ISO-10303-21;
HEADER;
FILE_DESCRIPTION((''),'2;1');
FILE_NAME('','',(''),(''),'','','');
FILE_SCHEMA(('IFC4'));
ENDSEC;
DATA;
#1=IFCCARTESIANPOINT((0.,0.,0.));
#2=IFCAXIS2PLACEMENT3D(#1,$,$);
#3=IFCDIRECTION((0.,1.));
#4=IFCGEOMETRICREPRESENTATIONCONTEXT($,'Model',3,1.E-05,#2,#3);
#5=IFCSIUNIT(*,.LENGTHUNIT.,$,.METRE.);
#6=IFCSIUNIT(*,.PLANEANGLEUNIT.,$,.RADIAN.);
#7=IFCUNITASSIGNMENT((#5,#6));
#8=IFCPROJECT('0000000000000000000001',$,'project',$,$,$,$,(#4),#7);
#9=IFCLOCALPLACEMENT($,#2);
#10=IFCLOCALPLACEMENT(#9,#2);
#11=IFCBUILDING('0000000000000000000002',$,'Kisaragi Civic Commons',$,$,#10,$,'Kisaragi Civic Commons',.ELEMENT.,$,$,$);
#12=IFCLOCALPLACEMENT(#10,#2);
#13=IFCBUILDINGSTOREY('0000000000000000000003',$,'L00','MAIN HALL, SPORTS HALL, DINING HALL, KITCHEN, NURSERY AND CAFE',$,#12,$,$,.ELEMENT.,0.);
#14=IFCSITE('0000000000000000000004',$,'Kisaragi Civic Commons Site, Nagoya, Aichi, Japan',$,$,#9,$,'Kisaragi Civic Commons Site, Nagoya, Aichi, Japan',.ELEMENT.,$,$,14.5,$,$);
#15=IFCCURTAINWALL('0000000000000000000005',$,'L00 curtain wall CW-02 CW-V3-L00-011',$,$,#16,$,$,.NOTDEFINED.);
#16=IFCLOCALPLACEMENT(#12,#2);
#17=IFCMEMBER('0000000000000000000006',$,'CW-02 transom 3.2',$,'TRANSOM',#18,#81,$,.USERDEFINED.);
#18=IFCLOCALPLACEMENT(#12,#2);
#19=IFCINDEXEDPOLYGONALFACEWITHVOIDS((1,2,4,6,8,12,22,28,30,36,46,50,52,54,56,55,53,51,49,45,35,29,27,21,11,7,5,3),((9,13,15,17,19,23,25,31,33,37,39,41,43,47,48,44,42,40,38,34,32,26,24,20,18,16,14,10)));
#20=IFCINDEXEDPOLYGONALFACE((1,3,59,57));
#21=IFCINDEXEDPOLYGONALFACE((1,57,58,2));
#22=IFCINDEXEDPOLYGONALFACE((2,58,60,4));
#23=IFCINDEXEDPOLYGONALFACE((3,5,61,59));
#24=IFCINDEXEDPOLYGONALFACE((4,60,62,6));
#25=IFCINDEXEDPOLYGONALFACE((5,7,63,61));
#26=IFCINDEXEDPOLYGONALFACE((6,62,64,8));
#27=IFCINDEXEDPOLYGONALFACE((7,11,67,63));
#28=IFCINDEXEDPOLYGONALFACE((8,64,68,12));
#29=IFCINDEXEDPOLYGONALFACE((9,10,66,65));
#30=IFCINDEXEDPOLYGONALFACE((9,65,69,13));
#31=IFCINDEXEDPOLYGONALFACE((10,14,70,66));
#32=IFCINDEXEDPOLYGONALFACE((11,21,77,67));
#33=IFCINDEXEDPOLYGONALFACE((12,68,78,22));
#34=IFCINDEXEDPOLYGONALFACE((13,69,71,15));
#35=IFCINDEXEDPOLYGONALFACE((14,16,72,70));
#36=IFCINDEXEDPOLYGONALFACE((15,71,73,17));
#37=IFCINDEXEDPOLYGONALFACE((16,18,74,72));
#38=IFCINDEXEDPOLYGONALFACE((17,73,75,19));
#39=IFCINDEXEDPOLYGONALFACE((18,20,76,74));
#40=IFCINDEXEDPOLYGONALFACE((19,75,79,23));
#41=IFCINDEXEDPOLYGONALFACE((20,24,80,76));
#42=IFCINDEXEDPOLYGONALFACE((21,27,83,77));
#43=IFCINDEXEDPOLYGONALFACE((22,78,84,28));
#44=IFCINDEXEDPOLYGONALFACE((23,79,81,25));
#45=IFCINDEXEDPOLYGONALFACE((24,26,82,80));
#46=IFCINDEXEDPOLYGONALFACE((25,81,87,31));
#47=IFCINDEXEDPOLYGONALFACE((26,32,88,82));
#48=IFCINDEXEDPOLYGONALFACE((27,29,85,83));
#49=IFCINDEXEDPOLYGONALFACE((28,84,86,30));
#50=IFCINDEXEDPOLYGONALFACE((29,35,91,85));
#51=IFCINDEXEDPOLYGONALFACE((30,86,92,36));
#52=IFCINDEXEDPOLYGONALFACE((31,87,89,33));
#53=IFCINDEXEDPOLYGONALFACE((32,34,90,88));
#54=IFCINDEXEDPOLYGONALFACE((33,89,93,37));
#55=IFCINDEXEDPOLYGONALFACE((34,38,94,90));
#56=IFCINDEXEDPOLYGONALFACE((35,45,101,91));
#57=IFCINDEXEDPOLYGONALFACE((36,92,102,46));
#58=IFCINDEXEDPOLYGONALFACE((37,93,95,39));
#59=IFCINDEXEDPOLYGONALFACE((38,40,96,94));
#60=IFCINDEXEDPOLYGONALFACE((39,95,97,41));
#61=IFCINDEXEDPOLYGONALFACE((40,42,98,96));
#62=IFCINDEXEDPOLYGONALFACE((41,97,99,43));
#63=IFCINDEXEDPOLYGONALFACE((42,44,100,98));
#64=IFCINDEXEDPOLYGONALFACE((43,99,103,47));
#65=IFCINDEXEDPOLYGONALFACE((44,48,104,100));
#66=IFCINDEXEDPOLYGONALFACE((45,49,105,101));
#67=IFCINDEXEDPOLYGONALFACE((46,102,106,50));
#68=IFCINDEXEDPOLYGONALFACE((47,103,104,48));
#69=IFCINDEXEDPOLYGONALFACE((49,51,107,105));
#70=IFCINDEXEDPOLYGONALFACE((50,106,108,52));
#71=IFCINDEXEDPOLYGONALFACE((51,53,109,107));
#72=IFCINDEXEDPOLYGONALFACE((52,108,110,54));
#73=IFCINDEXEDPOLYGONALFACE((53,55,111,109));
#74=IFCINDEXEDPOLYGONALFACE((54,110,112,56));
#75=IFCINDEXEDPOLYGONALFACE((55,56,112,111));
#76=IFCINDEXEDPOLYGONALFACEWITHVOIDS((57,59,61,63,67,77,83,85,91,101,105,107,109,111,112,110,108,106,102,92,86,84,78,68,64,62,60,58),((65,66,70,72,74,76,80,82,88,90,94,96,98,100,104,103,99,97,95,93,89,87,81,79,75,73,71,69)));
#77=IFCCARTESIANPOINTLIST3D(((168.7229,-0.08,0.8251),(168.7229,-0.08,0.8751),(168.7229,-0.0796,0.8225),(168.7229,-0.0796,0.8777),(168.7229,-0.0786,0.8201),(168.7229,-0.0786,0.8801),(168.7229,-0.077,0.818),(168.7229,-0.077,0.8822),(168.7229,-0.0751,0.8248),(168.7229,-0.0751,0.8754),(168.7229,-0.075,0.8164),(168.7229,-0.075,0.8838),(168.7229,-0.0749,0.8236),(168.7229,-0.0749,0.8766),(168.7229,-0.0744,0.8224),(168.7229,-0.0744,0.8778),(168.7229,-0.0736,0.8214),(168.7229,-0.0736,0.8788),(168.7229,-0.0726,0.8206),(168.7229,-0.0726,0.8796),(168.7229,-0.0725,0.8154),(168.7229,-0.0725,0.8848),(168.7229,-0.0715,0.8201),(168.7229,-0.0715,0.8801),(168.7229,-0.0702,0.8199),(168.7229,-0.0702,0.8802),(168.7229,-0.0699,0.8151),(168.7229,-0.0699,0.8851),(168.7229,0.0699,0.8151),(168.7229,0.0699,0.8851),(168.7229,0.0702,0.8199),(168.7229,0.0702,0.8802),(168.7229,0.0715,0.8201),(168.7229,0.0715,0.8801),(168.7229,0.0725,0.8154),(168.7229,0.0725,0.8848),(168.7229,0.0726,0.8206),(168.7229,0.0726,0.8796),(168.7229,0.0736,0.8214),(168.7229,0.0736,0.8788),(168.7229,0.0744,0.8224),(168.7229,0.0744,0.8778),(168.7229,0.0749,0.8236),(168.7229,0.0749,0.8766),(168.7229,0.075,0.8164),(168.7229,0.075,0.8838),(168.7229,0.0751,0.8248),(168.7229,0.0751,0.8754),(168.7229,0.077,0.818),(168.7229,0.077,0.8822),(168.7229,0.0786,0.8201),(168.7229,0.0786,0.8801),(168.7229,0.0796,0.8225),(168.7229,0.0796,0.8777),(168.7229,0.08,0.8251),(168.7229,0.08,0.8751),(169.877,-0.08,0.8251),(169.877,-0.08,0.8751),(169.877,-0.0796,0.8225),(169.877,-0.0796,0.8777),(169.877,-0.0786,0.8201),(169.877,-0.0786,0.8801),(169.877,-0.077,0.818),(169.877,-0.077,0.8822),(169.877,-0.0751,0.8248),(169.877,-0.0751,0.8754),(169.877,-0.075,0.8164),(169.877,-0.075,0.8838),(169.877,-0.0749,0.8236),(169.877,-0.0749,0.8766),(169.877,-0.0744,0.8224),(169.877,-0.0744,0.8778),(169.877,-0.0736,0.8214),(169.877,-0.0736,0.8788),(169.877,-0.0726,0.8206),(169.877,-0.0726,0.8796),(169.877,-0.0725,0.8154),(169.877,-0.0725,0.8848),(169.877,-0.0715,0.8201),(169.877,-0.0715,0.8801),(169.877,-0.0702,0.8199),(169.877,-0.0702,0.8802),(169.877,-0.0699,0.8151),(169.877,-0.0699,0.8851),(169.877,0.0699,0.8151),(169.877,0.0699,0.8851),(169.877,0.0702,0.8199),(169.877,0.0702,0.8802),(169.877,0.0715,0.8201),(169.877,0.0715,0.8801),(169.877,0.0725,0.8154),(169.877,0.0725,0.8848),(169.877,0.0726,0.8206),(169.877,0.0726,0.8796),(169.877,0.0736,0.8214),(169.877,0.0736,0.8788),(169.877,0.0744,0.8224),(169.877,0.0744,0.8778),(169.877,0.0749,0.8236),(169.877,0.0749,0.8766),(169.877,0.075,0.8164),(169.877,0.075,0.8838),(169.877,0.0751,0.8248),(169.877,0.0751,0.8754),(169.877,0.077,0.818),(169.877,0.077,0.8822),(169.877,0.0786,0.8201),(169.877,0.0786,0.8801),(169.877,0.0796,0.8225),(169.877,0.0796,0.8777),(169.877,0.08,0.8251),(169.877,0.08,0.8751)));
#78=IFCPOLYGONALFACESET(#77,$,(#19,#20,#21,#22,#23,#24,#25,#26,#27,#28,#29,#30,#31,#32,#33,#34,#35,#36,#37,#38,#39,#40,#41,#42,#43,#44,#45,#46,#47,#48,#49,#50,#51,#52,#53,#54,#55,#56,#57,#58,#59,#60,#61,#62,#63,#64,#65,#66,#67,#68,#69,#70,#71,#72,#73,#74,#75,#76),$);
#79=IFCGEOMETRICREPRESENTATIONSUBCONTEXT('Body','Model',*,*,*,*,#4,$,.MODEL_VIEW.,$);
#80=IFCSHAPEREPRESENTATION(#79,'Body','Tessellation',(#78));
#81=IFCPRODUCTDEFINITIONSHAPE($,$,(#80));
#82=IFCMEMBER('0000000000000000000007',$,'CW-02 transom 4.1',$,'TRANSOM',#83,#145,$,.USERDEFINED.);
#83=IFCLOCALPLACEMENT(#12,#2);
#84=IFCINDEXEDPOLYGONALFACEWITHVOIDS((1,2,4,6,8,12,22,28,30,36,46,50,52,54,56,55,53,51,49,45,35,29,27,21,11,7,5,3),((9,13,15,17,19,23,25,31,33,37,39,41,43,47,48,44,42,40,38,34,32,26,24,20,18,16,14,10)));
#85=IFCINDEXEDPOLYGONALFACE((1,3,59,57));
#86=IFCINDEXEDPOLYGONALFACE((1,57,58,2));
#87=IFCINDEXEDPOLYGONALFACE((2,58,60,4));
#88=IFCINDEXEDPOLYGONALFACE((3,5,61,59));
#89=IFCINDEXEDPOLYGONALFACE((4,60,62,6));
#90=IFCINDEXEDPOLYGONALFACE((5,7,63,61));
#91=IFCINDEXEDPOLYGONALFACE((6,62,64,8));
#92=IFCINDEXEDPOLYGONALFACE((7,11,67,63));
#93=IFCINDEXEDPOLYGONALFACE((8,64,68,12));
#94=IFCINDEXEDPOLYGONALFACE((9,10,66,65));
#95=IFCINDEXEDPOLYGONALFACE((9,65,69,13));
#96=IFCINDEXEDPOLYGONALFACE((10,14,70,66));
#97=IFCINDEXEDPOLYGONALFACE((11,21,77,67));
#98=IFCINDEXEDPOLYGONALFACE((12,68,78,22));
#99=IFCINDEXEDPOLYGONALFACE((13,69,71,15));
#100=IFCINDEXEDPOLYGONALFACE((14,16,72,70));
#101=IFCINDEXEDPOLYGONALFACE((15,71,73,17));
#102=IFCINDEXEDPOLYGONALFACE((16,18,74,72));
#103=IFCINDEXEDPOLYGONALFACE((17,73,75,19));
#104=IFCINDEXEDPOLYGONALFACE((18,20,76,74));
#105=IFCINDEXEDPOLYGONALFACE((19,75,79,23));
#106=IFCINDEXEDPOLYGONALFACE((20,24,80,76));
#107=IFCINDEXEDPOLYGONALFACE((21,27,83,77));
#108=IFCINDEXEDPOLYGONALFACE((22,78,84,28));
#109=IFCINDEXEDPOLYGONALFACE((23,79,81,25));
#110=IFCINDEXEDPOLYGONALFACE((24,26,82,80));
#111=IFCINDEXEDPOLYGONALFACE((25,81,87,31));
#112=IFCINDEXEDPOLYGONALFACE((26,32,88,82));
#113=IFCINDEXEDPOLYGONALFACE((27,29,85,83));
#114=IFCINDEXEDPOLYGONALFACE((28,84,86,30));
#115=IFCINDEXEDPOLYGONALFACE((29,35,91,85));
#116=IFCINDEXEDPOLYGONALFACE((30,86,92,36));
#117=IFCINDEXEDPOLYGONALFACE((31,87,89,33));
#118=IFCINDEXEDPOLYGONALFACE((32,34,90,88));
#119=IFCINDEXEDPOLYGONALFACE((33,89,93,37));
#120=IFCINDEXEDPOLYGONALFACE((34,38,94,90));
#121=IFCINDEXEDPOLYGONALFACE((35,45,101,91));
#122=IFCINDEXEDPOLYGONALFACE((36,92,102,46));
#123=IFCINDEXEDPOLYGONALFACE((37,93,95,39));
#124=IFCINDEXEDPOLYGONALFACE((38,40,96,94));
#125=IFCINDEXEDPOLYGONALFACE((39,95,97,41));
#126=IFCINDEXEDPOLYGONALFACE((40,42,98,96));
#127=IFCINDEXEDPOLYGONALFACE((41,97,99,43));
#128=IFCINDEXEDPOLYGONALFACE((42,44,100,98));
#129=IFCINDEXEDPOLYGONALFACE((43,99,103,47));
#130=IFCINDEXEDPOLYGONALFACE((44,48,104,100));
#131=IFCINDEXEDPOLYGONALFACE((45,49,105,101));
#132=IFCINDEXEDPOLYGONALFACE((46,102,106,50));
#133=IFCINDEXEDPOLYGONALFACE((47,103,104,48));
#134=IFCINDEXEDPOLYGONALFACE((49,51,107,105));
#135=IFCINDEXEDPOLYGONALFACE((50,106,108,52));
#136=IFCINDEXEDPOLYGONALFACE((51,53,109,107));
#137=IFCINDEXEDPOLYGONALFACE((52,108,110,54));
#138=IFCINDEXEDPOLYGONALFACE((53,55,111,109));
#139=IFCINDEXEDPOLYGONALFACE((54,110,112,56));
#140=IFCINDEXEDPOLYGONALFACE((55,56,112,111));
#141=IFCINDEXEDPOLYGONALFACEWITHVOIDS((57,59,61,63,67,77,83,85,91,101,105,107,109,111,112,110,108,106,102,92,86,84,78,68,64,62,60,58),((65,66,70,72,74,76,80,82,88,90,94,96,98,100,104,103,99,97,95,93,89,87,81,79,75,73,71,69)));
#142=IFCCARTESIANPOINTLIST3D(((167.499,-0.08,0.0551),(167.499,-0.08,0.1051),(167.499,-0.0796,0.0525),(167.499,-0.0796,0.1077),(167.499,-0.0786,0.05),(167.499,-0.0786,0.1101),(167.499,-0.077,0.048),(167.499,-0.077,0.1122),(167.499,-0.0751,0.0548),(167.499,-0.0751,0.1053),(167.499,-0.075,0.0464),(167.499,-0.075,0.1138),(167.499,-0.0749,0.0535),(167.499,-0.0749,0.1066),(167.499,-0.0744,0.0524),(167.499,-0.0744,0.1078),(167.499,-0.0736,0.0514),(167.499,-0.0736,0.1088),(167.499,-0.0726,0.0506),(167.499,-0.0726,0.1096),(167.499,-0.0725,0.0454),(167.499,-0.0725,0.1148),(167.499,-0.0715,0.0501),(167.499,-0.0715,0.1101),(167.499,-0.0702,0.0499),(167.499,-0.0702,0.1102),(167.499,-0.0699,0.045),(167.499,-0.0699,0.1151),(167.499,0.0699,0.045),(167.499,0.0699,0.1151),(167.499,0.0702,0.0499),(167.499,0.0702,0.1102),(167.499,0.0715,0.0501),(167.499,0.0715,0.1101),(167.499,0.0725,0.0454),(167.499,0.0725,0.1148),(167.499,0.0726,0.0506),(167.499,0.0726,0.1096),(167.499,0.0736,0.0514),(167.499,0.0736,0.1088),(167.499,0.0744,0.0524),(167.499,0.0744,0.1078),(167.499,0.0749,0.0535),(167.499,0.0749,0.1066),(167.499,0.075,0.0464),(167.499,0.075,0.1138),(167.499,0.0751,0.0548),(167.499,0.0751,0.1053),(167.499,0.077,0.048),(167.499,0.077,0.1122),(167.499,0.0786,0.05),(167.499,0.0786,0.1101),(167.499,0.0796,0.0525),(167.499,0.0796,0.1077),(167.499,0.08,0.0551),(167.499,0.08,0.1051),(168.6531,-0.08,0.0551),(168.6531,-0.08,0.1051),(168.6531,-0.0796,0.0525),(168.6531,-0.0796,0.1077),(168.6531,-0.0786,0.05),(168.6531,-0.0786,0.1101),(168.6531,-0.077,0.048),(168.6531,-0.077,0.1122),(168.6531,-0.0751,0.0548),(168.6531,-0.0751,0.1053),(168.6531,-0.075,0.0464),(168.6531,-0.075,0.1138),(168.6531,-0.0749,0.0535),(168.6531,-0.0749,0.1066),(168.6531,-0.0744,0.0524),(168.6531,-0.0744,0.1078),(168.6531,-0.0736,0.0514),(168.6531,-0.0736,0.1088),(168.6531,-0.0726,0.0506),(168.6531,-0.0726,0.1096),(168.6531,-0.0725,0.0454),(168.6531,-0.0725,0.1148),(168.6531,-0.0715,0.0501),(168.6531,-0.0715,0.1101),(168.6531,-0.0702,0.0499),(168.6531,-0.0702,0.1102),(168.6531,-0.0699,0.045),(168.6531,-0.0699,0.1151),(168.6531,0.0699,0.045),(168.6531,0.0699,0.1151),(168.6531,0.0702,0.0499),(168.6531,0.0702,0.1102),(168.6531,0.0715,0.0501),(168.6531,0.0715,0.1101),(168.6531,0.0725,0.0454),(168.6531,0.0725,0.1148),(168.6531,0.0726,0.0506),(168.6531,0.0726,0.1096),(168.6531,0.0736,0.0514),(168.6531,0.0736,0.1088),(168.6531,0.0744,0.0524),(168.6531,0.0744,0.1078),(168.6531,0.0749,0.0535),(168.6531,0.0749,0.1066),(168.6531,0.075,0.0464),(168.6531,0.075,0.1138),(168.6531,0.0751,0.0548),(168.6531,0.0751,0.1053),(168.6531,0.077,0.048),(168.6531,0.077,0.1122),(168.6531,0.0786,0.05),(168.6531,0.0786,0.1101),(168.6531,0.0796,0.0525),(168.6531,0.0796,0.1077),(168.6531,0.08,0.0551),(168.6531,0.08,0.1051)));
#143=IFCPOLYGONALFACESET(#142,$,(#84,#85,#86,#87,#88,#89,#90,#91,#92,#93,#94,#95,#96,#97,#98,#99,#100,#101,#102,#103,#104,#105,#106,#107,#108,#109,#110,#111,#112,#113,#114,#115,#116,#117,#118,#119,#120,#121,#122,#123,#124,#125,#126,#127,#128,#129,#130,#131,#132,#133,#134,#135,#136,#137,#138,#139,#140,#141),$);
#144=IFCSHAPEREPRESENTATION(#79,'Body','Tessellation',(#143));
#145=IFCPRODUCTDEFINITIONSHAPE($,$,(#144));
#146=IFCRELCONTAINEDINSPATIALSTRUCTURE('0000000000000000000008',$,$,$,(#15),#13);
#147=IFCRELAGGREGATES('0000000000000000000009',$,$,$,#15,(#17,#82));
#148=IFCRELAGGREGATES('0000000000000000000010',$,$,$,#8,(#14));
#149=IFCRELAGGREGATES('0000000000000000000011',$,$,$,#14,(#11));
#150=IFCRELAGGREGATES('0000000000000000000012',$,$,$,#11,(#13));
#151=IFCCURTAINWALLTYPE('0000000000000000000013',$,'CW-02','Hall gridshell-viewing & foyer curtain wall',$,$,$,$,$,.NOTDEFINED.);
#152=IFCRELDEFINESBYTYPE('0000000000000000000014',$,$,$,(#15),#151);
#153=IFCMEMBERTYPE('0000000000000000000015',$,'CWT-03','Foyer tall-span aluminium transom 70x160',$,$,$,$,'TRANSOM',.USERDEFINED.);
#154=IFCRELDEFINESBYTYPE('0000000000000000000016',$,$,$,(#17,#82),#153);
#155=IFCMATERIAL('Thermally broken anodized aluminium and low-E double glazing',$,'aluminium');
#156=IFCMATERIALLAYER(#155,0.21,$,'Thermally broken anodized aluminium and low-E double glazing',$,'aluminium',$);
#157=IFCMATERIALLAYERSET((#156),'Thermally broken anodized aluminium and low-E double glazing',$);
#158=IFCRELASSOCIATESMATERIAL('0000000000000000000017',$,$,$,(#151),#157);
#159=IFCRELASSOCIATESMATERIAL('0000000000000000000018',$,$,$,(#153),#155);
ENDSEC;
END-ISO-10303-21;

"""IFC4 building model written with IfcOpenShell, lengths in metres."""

from ifc_helpers import new_model, si_unit, direction, frame, origin, origin_2d, place, context, subcontext, project, spatial, hollow_rectangle, extrude, material, layer, layer_set, material_profile, profile_set, type_object, element, aggregate, save


model = new_model("IFC4")

# Units and contexts
model_context = context("Model", 3, precision=1e-05, world=origin(), true_north=direction((0.0, 1.0)))
body_context = subcontext(model_context, "Body", "Model", "MODEL_VIEW")
ifc_project = project(units=[si_unit("LENGTHUNIT", "METRE"), si_unit("PLANEANGLEUNIT", "RADIAN")], contexts=[model_context])

# Site, building, storey
site_placement = place(None, origin())
site = spatial("IfcSite", under=ifc_project, at=site_placement, Name="Kisaragi Civic Commons Site, Nagoya, Aichi, Japan", LongName="Kisaragi Civic Commons Site, Nagoya, Aichi, Japan", CompositionType="ELEMENT", RefElevation=14.5)
building_placement = place(site_placement, origin())
building = spatial("IfcBuilding", under=site, at=building_placement, Name="Kisaragi Civic Commons", LongName="Kisaragi Civic Commons", CompositionType="ELEMENT")
storey_placement = place(building_placement, origin())
storey = spatial("IfcBuildingStorey", under=building, at=storey_placement, Name="L00", Description="MAIN HALL, SPORTS HALL, DINING HALL, KITCHEN, NURSERY AND CAFE", CompositionType="ELEMENT", Elevation=0.0)

# Curtain wall
ifc_material = material(Name="Thermally broken anodized aluminium and low-E double glazing", Category="aluminium")
ifc_layer_1 = layer(ifc_material, 0.21, Name="Thermally broken anodized aluminium and low-E double glazing", Category="aluminium")
ifc_layer_set_1 = layer_set([ifc_layer_1], Name="Thermally broken anodized aluminium and low-E double glazing")
curtain_wall_type = type_object("IfcCurtainWallType", Name="CW-02", Description="Hall gridshell-viewing & foyer curtain wall", PredefinedType="NOTDEFINED", material=ifc_layer_set_1)
curtain_wall_1_placement = place(storey_placement, origin())
curtain_wall_1 = element("IfcCurtainWall", 1, at=curtain_wall_1_placement, inside=storey, type_object=curtain_wall_type, Name="L00 curtain wall CW-02 CW-V3-L00-011", PredefinedType="NOTDEFINED")

# Members
ifc_material_profile_1 = material_profile(ifc_material, hollow_rectangle(XDim=0.1599, YDim=0.0701, WallThickness=0.0049, InnerFilletRadius=0.0049, OuterFilletRadius=0.01, at=origin_2d()), Name="CWT-70x160x5", Category="aluminium")
ifc_profile_set_1 = profile_set([ifc_material_profile_1], Name="Thermally broken anodized aluminium and low-E double glazing")
member_type_1 = type_object("IfcMemberType", Name="CWT-03", Description="Foyer tall-span aluminium transom 70x160", ElementType="TRANSOM", PredefinedType="USERDEFINED", material=ifc_profile_set_1)
member_1_placement = place(storey_placement, frame((169.877, 0.0, 0.8501), z_axis=(-1.0, 0.0, 0.0), x_axis=(0.0, -1.0, 0.0)))
member_1 = element("IfcMember", 2, at=member_1_placement, type_object=member_type_1, Name="CW-02 transom 3.2", ObjectType="TRANSOM", PredefinedType="USERDEFINED", context=body_context, shape_type="SweptSolid", body=[
    extrude(hollow_rectangle(XDim=0.1599, YDim=0.0701, WallThickness=0.0049, InnerFilletRadius=0.0049, OuterFilletRadius=0.01, at=origin_2d()), origin(), (0.0, 0.0, 1.0), 1.1541),
])
member_2_placement = place(storey_placement, frame((168.6531, 0.0, 0.0801), z_axis=(-1.0, 0.0, 0.0), x_axis=(0.0, -1.0, 0.0)))
member_2 = element("IfcMember", 3, at=member_2_placement, type_object=member_type_1, Name="CW-02 transom 4.1", ObjectType="TRANSOM", PredefinedType="USERDEFINED", context=body_context, shape_type="SweptSolid", body=[
    extrude(hollow_rectangle(XDim=0.1599, YDim=0.0701, WallThickness=0.0049, InnerFilletRadius=0.0049, OuterFilletRadius=0.01, at=origin_2d()), origin(), (0.0, 0.0, 1.0), 1.1541),
])

aggregate(curtain_wall_1, [member_1, member_2])

save(model, "model.ifc")
